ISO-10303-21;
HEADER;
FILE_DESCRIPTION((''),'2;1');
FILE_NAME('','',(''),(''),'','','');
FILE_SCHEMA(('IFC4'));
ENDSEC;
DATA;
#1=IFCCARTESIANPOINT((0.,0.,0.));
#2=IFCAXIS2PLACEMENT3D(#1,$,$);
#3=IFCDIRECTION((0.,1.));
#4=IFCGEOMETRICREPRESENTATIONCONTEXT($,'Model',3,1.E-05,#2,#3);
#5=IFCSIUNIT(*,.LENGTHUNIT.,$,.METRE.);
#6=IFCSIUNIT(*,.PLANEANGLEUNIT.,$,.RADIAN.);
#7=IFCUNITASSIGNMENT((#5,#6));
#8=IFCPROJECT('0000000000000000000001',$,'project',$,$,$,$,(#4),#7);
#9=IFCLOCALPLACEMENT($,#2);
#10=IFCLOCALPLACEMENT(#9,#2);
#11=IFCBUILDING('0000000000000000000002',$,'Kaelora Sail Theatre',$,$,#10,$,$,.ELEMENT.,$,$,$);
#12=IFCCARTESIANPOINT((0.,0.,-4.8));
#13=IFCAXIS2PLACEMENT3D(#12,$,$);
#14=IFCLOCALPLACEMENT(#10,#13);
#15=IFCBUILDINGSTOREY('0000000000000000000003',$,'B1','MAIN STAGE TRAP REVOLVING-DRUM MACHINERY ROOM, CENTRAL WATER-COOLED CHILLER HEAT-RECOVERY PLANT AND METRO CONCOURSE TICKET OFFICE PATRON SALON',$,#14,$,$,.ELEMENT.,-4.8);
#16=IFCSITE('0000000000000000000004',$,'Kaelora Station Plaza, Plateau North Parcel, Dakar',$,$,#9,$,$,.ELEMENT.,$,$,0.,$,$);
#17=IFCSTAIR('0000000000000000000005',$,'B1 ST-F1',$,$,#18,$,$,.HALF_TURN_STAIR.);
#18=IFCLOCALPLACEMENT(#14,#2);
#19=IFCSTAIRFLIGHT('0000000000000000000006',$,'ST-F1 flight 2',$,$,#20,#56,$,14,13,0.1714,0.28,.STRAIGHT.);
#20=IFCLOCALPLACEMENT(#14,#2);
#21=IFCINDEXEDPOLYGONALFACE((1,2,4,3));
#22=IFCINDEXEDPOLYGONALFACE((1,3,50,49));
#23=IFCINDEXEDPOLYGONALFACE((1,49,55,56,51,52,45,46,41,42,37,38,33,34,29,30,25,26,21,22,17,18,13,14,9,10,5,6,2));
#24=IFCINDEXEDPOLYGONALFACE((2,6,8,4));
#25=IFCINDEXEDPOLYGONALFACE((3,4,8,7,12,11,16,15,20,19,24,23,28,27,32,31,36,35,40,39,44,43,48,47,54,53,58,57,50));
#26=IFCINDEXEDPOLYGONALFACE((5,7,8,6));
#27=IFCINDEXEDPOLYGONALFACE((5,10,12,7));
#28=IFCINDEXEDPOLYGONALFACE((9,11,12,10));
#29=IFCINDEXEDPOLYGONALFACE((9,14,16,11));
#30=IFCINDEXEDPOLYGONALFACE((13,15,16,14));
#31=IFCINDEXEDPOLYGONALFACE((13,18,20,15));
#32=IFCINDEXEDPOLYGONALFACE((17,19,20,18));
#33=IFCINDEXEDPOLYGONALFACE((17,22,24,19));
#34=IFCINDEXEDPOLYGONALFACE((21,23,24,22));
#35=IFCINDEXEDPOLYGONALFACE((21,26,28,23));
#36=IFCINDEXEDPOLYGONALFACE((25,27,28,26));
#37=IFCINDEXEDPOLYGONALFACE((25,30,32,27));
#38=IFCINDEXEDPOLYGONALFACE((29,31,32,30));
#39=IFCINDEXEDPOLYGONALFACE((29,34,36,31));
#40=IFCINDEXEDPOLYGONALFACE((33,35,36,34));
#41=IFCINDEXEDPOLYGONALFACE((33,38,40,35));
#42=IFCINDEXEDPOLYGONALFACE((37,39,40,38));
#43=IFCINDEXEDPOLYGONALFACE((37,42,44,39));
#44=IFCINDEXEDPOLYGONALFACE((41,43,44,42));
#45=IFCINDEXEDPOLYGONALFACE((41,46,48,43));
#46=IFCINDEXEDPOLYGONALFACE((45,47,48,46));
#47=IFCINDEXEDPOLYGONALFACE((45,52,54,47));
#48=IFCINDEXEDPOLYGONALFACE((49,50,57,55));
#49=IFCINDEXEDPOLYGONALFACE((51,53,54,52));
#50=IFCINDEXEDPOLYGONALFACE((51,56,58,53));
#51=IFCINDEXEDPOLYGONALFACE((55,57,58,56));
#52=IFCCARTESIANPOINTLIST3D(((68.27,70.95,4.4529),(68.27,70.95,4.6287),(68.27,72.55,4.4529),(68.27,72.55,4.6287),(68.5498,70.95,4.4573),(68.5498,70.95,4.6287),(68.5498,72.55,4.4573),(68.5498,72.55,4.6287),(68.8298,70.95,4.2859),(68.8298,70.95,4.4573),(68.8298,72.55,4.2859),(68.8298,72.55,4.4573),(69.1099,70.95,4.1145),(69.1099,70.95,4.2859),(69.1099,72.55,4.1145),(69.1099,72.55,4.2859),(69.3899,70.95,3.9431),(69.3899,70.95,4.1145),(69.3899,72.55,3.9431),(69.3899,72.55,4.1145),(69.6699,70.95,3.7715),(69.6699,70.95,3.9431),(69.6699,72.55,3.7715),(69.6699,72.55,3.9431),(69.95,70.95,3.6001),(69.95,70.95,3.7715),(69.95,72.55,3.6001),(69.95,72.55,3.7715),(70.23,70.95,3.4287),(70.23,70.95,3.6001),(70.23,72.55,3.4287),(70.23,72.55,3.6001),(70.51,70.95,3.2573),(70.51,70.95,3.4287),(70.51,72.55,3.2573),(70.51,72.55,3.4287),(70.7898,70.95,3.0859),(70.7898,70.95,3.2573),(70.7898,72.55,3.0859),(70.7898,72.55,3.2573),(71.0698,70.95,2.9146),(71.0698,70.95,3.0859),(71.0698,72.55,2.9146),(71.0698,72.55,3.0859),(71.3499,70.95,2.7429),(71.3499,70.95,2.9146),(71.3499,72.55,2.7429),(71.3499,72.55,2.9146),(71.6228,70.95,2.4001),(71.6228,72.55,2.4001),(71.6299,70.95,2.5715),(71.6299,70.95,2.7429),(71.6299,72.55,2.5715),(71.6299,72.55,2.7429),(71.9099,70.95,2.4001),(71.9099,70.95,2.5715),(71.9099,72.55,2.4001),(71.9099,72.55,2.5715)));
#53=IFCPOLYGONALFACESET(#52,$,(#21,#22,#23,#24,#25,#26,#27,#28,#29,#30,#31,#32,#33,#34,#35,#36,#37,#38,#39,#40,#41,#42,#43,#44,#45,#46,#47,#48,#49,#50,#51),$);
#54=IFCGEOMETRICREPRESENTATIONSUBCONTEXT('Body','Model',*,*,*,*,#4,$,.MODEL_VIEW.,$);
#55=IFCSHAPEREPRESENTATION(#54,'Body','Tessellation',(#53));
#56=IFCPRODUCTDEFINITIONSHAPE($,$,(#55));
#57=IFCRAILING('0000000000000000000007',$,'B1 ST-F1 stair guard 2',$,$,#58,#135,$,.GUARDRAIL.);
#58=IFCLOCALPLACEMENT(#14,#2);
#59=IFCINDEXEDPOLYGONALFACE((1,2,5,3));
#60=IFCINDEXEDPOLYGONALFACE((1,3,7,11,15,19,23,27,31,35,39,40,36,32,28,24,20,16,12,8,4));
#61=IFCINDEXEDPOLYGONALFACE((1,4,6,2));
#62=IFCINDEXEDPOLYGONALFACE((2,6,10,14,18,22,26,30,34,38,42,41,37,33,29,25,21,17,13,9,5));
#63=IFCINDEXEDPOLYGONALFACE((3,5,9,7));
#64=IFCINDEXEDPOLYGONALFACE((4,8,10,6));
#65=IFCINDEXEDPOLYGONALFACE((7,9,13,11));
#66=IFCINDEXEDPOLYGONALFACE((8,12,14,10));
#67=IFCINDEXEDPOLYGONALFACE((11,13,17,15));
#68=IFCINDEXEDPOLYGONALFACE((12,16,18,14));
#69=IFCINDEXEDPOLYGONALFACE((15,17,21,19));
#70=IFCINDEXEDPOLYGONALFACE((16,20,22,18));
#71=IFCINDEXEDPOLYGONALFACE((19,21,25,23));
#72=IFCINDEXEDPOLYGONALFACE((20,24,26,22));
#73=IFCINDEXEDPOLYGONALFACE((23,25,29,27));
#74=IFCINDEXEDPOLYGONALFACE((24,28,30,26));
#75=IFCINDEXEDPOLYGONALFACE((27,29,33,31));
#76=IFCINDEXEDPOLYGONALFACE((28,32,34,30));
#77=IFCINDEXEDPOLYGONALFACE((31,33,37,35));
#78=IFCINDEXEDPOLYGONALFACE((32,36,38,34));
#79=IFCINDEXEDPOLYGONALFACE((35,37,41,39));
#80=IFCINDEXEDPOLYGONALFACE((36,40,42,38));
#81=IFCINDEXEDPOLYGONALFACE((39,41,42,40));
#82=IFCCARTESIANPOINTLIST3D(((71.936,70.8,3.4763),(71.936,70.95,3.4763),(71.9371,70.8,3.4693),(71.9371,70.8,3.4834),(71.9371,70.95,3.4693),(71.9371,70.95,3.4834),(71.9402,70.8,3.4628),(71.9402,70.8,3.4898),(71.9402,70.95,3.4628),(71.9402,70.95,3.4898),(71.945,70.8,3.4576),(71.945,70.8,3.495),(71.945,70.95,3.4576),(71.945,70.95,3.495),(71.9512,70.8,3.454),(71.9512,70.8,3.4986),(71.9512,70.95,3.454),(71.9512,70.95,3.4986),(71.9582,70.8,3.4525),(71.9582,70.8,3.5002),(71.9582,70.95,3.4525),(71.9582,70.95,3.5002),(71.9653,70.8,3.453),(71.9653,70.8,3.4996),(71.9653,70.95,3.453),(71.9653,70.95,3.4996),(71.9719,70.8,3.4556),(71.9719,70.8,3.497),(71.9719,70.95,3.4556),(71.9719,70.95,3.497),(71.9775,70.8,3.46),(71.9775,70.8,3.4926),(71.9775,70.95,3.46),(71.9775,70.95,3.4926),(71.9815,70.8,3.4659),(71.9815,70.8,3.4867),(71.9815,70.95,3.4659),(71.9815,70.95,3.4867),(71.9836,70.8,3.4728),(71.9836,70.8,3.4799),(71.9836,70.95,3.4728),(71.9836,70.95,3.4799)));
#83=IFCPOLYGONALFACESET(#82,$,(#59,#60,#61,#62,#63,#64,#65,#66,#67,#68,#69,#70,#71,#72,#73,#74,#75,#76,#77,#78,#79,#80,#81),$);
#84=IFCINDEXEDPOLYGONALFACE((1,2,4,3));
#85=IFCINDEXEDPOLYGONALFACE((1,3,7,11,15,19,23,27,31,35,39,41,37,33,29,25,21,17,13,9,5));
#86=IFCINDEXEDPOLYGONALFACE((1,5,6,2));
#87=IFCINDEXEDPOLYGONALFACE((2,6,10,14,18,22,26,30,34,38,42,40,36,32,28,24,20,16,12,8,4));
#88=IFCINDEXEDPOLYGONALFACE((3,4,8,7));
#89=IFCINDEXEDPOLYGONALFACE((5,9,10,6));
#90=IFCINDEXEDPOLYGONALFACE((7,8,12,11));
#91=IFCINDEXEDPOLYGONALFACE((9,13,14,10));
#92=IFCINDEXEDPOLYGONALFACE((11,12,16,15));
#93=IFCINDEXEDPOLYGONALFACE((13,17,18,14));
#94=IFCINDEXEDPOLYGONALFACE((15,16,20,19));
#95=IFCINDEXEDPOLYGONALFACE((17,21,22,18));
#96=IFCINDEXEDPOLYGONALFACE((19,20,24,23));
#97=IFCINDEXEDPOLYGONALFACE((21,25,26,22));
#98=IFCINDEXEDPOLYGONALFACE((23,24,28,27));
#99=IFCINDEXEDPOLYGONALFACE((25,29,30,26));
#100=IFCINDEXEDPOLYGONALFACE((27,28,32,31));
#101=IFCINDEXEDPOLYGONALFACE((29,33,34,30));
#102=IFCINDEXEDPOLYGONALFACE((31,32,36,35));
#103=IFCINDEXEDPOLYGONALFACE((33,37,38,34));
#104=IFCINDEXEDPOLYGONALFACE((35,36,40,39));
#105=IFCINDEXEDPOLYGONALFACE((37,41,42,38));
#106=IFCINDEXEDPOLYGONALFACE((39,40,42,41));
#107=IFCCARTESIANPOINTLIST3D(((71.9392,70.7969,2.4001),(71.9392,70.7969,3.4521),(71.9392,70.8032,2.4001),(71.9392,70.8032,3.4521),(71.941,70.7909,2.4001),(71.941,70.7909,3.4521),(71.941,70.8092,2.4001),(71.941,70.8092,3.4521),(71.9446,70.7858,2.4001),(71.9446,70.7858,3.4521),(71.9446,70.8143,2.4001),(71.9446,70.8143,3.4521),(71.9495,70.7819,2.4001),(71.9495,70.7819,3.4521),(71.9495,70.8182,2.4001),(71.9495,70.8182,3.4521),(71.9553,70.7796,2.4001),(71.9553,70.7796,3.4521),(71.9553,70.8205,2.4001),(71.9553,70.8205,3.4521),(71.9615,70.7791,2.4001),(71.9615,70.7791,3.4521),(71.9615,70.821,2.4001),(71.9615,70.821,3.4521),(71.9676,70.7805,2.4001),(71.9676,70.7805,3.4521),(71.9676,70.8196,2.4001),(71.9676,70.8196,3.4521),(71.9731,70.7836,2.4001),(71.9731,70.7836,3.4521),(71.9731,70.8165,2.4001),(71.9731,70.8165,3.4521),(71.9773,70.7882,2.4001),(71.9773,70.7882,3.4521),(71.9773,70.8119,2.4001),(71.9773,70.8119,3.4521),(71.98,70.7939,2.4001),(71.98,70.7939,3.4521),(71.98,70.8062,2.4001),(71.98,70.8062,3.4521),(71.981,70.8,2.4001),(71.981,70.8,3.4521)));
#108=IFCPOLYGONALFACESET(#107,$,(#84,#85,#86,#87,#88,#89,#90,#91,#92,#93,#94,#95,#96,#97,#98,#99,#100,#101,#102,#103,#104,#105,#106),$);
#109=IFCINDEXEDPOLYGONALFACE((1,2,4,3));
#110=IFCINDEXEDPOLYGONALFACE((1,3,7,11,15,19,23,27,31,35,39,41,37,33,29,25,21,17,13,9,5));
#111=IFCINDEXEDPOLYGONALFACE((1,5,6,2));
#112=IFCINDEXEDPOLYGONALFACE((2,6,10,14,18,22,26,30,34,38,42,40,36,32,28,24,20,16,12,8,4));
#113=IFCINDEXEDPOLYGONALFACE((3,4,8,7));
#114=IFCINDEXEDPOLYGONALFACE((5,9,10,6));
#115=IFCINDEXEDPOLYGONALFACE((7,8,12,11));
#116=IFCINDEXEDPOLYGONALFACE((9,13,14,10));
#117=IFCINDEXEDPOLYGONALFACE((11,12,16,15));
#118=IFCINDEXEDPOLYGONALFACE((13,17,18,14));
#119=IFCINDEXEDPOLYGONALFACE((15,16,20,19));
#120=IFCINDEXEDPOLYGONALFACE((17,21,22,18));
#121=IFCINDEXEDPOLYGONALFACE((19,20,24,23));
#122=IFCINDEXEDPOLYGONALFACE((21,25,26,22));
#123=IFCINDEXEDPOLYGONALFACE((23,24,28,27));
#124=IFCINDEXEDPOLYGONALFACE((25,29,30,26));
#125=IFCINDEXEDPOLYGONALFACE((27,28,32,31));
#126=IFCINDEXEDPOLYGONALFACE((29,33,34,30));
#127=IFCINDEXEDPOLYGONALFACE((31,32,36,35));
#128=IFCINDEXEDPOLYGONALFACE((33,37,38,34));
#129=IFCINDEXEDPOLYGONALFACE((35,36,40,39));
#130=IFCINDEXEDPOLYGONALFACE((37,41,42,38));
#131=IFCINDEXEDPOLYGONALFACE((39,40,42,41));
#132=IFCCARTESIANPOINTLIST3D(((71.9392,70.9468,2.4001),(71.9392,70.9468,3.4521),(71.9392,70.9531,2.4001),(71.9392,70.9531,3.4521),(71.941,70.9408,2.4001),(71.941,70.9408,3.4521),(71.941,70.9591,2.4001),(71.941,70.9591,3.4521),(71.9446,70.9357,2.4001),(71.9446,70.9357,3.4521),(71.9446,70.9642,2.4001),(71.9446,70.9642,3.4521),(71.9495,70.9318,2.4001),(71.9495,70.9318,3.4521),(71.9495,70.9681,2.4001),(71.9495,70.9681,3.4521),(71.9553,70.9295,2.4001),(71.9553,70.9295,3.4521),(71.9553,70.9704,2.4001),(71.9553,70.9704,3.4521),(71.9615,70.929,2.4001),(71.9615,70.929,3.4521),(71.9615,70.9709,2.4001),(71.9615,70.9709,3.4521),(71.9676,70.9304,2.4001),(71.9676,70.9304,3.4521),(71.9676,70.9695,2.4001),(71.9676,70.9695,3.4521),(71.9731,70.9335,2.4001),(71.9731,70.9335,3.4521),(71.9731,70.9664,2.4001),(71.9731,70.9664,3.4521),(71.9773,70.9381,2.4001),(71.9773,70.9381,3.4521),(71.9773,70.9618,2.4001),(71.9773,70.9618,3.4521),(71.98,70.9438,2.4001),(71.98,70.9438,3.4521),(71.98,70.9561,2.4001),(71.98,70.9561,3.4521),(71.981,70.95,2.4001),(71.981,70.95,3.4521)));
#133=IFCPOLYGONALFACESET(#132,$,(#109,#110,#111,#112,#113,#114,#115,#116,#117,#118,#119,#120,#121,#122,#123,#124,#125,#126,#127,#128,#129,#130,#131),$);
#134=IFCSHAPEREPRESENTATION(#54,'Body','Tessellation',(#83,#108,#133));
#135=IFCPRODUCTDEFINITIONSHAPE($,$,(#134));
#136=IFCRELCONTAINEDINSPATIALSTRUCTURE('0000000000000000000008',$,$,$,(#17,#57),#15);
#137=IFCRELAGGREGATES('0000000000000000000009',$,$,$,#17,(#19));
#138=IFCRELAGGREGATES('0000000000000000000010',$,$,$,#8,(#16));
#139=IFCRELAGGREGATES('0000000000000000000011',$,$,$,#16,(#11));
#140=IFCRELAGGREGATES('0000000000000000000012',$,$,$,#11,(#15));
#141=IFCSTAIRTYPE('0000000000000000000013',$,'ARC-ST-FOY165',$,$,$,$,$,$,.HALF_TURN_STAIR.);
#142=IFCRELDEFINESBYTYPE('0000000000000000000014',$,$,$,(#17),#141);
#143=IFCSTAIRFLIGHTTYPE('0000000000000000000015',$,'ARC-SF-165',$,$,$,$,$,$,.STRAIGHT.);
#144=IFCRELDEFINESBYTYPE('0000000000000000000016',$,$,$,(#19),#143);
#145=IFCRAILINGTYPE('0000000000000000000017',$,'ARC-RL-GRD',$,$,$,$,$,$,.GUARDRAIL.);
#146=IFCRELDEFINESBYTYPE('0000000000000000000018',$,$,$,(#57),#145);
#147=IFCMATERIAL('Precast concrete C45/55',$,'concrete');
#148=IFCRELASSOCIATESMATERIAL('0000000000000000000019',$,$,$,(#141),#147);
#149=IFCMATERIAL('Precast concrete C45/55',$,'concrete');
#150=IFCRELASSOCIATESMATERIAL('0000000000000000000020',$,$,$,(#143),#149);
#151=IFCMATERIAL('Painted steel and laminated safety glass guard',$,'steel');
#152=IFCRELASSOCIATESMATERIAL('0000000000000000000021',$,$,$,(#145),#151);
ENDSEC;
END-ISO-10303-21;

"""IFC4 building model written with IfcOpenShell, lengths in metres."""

from ifc_helpers import new_model, si_unit, direction, frame, origin, origin_2d, place, context, subcontext, project, spatial, polyline, circle, outline, extrude, material, type_object, element, aggregate, save


model = new_model("IFC4")

# Units and contexts
model_context = context("Model", 3, precision=1e-05, world=origin(), true_north=direction((0.0, 1.0)))
body_context = subcontext(model_context, "Body", "Model", "MODEL_VIEW")
ifc_project = project(units=[si_unit("LENGTHUNIT", "METRE"), si_unit("PLANEANGLEUNIT", "RADIAN")], contexts=[model_context])

# Site, building, storey
site_placement = place(None, origin())
site = spatial("IfcSite", under=ifc_project, at=site_placement, Name="Kaelora Station Plaza, Plateau North Parcel, Dakar", CompositionType="ELEMENT", RefElevation=0.0)
building_placement = place(site_placement, origin())
building = spatial("IfcBuilding", under=site, at=building_placement, Name="Kaelora Sail Theatre", CompositionType="ELEMENT")
storey_placement = place(building_placement, frame((0.0, 0.0, -4.8)))
storey = spatial("IfcBuildingStorey", under=building, at=storey_placement, Name="B1", Description="MAIN STAGE TRAP REVOLVING-DRUM MACHINERY ROOM, CENTRAL WATER-COOLED CHILLER HEAT-RECOVERY PLANT AND METRO CONCOURSE TICKET OFFICE PATRON SALON", CompositionType="ELEMENT", Elevation=-4.8)

# Stair, stair flight
ifc_material_1 = material(Name="Precast concrete C45/55", Category="concrete")
stair_type = type_object("IfcStairType", Name="ARC-ST-FOY165", PredefinedType="HALF_TURN_STAIR", material=ifc_material_1)
stair_placement = place(storey_placement, origin())
stair = element("IfcStair", 1, at=stair_placement, inside=storey, type_object=stair_type, Name="B1 ST-F1", PredefinedType="HALF_TURN_STAIR")
ifc_material_2 = material(Name="Precast concrete C45/55", Category="concrete")
stair_flight_type = type_object("IfcStairFlightType", Name="ARC-SF-165", PredefinedType="STRAIGHT", material=ifc_material_2)
stair_flight_placement = place(storey_placement, frame((71.9099, 71.75, 2.4001), z_axis=(0.0, 0.0, 1.0), x_axis=(-1.0, 0.0, 0.0)))
stair_flight = element("IfcStairFlight", 2, at=stair_flight_placement, type_object=stair_flight_type, Name="ST-F1 flight 2", NumberOfRisers=14, NumberOfTreads=13, PredefinedType="STRAIGHT", RiserHeight=0.1714, TreadLength=0.28, context=body_context, shape_type="SweptSolid", body=[
    extrude(outline(polyline([(0.0, 0.0), (0.0, 0.1714), (0.28, 0.1714), (0.28, 0.3428), (0.5601, 0.3428), (0.5601, 0.5144), (0.8401, 0.5144), (0.8401, 0.6858), (1.1201, 0.6858), (1.1201, 0.8572), (1.3999, 0.8572), (1.3999, 1.0286), (1.6799, 1.0286), (1.6799, 1.2), (1.96, 1.2), (1.96, 1.3713), (2.24, 1.3713), (2.24, 1.543), (2.52, 1.543), (2.52, 1.7144), (2.8, 1.7144), (2.8, 1.8857), (3.0801, 1.8857), (3.0801, 2.0571), (3.3601, 2.0571), (3.3601, 2.2285), (3.6399, 2.2285), (3.6399, 2.3999), (3.6399, 2.0527), (0.2871, 0.0), (0.0, 0.0)])), frame((0.0, 0.8, 0.0), z_axis=(0.0, -1.0, 0.0), x_axis=(1.0, 0.0, 0.0)), (0.0, 0.0, 1.0), 1.6001),
])
aggregate(stair, [stair_flight])

# Railing
ifc_material_3 = material(Name="Painted steel and laminated safety glass guard", Category="steel")
railing_type_1 = type_object("IfcRailingType", Name="ARC-RL-GRD", PredefinedType="GUARDRAIL", material=ifc_material_3)
railing_1_placement = place(storey_placement, frame((71.96, 70.8, 2.4001)))
element("IfcRailing", 3, at=railing_1_placement, inside=storey, type_object=railing_type_1, Name="B1 ST-F1 stair guard 2", PredefinedType="GUARDRAIL", context=body_context, shape_type="SweptSolid", body=[
    extrude(circle(Radius=0.0239, at=origin_2d()), frame((0.0, 0.0, 1.0762), z_axis=(0.0, 1.0, 0.0), x_axis=(-1.0, 0.0, 0.0)), (0.0, 0.0, 1.0), 0.1499),
    extrude(circle(Radius=0.021, at=origin_2d()), origin(), (0.0, 0.0, 1.0), 1.052),
    extrude(circle(Radius=0.021, at=origin_2d()), frame((0.0, 0.1499, 0.0)), (0.0, 0.0, 1.0), 1.052),
])

save(model, "model.ifc")
